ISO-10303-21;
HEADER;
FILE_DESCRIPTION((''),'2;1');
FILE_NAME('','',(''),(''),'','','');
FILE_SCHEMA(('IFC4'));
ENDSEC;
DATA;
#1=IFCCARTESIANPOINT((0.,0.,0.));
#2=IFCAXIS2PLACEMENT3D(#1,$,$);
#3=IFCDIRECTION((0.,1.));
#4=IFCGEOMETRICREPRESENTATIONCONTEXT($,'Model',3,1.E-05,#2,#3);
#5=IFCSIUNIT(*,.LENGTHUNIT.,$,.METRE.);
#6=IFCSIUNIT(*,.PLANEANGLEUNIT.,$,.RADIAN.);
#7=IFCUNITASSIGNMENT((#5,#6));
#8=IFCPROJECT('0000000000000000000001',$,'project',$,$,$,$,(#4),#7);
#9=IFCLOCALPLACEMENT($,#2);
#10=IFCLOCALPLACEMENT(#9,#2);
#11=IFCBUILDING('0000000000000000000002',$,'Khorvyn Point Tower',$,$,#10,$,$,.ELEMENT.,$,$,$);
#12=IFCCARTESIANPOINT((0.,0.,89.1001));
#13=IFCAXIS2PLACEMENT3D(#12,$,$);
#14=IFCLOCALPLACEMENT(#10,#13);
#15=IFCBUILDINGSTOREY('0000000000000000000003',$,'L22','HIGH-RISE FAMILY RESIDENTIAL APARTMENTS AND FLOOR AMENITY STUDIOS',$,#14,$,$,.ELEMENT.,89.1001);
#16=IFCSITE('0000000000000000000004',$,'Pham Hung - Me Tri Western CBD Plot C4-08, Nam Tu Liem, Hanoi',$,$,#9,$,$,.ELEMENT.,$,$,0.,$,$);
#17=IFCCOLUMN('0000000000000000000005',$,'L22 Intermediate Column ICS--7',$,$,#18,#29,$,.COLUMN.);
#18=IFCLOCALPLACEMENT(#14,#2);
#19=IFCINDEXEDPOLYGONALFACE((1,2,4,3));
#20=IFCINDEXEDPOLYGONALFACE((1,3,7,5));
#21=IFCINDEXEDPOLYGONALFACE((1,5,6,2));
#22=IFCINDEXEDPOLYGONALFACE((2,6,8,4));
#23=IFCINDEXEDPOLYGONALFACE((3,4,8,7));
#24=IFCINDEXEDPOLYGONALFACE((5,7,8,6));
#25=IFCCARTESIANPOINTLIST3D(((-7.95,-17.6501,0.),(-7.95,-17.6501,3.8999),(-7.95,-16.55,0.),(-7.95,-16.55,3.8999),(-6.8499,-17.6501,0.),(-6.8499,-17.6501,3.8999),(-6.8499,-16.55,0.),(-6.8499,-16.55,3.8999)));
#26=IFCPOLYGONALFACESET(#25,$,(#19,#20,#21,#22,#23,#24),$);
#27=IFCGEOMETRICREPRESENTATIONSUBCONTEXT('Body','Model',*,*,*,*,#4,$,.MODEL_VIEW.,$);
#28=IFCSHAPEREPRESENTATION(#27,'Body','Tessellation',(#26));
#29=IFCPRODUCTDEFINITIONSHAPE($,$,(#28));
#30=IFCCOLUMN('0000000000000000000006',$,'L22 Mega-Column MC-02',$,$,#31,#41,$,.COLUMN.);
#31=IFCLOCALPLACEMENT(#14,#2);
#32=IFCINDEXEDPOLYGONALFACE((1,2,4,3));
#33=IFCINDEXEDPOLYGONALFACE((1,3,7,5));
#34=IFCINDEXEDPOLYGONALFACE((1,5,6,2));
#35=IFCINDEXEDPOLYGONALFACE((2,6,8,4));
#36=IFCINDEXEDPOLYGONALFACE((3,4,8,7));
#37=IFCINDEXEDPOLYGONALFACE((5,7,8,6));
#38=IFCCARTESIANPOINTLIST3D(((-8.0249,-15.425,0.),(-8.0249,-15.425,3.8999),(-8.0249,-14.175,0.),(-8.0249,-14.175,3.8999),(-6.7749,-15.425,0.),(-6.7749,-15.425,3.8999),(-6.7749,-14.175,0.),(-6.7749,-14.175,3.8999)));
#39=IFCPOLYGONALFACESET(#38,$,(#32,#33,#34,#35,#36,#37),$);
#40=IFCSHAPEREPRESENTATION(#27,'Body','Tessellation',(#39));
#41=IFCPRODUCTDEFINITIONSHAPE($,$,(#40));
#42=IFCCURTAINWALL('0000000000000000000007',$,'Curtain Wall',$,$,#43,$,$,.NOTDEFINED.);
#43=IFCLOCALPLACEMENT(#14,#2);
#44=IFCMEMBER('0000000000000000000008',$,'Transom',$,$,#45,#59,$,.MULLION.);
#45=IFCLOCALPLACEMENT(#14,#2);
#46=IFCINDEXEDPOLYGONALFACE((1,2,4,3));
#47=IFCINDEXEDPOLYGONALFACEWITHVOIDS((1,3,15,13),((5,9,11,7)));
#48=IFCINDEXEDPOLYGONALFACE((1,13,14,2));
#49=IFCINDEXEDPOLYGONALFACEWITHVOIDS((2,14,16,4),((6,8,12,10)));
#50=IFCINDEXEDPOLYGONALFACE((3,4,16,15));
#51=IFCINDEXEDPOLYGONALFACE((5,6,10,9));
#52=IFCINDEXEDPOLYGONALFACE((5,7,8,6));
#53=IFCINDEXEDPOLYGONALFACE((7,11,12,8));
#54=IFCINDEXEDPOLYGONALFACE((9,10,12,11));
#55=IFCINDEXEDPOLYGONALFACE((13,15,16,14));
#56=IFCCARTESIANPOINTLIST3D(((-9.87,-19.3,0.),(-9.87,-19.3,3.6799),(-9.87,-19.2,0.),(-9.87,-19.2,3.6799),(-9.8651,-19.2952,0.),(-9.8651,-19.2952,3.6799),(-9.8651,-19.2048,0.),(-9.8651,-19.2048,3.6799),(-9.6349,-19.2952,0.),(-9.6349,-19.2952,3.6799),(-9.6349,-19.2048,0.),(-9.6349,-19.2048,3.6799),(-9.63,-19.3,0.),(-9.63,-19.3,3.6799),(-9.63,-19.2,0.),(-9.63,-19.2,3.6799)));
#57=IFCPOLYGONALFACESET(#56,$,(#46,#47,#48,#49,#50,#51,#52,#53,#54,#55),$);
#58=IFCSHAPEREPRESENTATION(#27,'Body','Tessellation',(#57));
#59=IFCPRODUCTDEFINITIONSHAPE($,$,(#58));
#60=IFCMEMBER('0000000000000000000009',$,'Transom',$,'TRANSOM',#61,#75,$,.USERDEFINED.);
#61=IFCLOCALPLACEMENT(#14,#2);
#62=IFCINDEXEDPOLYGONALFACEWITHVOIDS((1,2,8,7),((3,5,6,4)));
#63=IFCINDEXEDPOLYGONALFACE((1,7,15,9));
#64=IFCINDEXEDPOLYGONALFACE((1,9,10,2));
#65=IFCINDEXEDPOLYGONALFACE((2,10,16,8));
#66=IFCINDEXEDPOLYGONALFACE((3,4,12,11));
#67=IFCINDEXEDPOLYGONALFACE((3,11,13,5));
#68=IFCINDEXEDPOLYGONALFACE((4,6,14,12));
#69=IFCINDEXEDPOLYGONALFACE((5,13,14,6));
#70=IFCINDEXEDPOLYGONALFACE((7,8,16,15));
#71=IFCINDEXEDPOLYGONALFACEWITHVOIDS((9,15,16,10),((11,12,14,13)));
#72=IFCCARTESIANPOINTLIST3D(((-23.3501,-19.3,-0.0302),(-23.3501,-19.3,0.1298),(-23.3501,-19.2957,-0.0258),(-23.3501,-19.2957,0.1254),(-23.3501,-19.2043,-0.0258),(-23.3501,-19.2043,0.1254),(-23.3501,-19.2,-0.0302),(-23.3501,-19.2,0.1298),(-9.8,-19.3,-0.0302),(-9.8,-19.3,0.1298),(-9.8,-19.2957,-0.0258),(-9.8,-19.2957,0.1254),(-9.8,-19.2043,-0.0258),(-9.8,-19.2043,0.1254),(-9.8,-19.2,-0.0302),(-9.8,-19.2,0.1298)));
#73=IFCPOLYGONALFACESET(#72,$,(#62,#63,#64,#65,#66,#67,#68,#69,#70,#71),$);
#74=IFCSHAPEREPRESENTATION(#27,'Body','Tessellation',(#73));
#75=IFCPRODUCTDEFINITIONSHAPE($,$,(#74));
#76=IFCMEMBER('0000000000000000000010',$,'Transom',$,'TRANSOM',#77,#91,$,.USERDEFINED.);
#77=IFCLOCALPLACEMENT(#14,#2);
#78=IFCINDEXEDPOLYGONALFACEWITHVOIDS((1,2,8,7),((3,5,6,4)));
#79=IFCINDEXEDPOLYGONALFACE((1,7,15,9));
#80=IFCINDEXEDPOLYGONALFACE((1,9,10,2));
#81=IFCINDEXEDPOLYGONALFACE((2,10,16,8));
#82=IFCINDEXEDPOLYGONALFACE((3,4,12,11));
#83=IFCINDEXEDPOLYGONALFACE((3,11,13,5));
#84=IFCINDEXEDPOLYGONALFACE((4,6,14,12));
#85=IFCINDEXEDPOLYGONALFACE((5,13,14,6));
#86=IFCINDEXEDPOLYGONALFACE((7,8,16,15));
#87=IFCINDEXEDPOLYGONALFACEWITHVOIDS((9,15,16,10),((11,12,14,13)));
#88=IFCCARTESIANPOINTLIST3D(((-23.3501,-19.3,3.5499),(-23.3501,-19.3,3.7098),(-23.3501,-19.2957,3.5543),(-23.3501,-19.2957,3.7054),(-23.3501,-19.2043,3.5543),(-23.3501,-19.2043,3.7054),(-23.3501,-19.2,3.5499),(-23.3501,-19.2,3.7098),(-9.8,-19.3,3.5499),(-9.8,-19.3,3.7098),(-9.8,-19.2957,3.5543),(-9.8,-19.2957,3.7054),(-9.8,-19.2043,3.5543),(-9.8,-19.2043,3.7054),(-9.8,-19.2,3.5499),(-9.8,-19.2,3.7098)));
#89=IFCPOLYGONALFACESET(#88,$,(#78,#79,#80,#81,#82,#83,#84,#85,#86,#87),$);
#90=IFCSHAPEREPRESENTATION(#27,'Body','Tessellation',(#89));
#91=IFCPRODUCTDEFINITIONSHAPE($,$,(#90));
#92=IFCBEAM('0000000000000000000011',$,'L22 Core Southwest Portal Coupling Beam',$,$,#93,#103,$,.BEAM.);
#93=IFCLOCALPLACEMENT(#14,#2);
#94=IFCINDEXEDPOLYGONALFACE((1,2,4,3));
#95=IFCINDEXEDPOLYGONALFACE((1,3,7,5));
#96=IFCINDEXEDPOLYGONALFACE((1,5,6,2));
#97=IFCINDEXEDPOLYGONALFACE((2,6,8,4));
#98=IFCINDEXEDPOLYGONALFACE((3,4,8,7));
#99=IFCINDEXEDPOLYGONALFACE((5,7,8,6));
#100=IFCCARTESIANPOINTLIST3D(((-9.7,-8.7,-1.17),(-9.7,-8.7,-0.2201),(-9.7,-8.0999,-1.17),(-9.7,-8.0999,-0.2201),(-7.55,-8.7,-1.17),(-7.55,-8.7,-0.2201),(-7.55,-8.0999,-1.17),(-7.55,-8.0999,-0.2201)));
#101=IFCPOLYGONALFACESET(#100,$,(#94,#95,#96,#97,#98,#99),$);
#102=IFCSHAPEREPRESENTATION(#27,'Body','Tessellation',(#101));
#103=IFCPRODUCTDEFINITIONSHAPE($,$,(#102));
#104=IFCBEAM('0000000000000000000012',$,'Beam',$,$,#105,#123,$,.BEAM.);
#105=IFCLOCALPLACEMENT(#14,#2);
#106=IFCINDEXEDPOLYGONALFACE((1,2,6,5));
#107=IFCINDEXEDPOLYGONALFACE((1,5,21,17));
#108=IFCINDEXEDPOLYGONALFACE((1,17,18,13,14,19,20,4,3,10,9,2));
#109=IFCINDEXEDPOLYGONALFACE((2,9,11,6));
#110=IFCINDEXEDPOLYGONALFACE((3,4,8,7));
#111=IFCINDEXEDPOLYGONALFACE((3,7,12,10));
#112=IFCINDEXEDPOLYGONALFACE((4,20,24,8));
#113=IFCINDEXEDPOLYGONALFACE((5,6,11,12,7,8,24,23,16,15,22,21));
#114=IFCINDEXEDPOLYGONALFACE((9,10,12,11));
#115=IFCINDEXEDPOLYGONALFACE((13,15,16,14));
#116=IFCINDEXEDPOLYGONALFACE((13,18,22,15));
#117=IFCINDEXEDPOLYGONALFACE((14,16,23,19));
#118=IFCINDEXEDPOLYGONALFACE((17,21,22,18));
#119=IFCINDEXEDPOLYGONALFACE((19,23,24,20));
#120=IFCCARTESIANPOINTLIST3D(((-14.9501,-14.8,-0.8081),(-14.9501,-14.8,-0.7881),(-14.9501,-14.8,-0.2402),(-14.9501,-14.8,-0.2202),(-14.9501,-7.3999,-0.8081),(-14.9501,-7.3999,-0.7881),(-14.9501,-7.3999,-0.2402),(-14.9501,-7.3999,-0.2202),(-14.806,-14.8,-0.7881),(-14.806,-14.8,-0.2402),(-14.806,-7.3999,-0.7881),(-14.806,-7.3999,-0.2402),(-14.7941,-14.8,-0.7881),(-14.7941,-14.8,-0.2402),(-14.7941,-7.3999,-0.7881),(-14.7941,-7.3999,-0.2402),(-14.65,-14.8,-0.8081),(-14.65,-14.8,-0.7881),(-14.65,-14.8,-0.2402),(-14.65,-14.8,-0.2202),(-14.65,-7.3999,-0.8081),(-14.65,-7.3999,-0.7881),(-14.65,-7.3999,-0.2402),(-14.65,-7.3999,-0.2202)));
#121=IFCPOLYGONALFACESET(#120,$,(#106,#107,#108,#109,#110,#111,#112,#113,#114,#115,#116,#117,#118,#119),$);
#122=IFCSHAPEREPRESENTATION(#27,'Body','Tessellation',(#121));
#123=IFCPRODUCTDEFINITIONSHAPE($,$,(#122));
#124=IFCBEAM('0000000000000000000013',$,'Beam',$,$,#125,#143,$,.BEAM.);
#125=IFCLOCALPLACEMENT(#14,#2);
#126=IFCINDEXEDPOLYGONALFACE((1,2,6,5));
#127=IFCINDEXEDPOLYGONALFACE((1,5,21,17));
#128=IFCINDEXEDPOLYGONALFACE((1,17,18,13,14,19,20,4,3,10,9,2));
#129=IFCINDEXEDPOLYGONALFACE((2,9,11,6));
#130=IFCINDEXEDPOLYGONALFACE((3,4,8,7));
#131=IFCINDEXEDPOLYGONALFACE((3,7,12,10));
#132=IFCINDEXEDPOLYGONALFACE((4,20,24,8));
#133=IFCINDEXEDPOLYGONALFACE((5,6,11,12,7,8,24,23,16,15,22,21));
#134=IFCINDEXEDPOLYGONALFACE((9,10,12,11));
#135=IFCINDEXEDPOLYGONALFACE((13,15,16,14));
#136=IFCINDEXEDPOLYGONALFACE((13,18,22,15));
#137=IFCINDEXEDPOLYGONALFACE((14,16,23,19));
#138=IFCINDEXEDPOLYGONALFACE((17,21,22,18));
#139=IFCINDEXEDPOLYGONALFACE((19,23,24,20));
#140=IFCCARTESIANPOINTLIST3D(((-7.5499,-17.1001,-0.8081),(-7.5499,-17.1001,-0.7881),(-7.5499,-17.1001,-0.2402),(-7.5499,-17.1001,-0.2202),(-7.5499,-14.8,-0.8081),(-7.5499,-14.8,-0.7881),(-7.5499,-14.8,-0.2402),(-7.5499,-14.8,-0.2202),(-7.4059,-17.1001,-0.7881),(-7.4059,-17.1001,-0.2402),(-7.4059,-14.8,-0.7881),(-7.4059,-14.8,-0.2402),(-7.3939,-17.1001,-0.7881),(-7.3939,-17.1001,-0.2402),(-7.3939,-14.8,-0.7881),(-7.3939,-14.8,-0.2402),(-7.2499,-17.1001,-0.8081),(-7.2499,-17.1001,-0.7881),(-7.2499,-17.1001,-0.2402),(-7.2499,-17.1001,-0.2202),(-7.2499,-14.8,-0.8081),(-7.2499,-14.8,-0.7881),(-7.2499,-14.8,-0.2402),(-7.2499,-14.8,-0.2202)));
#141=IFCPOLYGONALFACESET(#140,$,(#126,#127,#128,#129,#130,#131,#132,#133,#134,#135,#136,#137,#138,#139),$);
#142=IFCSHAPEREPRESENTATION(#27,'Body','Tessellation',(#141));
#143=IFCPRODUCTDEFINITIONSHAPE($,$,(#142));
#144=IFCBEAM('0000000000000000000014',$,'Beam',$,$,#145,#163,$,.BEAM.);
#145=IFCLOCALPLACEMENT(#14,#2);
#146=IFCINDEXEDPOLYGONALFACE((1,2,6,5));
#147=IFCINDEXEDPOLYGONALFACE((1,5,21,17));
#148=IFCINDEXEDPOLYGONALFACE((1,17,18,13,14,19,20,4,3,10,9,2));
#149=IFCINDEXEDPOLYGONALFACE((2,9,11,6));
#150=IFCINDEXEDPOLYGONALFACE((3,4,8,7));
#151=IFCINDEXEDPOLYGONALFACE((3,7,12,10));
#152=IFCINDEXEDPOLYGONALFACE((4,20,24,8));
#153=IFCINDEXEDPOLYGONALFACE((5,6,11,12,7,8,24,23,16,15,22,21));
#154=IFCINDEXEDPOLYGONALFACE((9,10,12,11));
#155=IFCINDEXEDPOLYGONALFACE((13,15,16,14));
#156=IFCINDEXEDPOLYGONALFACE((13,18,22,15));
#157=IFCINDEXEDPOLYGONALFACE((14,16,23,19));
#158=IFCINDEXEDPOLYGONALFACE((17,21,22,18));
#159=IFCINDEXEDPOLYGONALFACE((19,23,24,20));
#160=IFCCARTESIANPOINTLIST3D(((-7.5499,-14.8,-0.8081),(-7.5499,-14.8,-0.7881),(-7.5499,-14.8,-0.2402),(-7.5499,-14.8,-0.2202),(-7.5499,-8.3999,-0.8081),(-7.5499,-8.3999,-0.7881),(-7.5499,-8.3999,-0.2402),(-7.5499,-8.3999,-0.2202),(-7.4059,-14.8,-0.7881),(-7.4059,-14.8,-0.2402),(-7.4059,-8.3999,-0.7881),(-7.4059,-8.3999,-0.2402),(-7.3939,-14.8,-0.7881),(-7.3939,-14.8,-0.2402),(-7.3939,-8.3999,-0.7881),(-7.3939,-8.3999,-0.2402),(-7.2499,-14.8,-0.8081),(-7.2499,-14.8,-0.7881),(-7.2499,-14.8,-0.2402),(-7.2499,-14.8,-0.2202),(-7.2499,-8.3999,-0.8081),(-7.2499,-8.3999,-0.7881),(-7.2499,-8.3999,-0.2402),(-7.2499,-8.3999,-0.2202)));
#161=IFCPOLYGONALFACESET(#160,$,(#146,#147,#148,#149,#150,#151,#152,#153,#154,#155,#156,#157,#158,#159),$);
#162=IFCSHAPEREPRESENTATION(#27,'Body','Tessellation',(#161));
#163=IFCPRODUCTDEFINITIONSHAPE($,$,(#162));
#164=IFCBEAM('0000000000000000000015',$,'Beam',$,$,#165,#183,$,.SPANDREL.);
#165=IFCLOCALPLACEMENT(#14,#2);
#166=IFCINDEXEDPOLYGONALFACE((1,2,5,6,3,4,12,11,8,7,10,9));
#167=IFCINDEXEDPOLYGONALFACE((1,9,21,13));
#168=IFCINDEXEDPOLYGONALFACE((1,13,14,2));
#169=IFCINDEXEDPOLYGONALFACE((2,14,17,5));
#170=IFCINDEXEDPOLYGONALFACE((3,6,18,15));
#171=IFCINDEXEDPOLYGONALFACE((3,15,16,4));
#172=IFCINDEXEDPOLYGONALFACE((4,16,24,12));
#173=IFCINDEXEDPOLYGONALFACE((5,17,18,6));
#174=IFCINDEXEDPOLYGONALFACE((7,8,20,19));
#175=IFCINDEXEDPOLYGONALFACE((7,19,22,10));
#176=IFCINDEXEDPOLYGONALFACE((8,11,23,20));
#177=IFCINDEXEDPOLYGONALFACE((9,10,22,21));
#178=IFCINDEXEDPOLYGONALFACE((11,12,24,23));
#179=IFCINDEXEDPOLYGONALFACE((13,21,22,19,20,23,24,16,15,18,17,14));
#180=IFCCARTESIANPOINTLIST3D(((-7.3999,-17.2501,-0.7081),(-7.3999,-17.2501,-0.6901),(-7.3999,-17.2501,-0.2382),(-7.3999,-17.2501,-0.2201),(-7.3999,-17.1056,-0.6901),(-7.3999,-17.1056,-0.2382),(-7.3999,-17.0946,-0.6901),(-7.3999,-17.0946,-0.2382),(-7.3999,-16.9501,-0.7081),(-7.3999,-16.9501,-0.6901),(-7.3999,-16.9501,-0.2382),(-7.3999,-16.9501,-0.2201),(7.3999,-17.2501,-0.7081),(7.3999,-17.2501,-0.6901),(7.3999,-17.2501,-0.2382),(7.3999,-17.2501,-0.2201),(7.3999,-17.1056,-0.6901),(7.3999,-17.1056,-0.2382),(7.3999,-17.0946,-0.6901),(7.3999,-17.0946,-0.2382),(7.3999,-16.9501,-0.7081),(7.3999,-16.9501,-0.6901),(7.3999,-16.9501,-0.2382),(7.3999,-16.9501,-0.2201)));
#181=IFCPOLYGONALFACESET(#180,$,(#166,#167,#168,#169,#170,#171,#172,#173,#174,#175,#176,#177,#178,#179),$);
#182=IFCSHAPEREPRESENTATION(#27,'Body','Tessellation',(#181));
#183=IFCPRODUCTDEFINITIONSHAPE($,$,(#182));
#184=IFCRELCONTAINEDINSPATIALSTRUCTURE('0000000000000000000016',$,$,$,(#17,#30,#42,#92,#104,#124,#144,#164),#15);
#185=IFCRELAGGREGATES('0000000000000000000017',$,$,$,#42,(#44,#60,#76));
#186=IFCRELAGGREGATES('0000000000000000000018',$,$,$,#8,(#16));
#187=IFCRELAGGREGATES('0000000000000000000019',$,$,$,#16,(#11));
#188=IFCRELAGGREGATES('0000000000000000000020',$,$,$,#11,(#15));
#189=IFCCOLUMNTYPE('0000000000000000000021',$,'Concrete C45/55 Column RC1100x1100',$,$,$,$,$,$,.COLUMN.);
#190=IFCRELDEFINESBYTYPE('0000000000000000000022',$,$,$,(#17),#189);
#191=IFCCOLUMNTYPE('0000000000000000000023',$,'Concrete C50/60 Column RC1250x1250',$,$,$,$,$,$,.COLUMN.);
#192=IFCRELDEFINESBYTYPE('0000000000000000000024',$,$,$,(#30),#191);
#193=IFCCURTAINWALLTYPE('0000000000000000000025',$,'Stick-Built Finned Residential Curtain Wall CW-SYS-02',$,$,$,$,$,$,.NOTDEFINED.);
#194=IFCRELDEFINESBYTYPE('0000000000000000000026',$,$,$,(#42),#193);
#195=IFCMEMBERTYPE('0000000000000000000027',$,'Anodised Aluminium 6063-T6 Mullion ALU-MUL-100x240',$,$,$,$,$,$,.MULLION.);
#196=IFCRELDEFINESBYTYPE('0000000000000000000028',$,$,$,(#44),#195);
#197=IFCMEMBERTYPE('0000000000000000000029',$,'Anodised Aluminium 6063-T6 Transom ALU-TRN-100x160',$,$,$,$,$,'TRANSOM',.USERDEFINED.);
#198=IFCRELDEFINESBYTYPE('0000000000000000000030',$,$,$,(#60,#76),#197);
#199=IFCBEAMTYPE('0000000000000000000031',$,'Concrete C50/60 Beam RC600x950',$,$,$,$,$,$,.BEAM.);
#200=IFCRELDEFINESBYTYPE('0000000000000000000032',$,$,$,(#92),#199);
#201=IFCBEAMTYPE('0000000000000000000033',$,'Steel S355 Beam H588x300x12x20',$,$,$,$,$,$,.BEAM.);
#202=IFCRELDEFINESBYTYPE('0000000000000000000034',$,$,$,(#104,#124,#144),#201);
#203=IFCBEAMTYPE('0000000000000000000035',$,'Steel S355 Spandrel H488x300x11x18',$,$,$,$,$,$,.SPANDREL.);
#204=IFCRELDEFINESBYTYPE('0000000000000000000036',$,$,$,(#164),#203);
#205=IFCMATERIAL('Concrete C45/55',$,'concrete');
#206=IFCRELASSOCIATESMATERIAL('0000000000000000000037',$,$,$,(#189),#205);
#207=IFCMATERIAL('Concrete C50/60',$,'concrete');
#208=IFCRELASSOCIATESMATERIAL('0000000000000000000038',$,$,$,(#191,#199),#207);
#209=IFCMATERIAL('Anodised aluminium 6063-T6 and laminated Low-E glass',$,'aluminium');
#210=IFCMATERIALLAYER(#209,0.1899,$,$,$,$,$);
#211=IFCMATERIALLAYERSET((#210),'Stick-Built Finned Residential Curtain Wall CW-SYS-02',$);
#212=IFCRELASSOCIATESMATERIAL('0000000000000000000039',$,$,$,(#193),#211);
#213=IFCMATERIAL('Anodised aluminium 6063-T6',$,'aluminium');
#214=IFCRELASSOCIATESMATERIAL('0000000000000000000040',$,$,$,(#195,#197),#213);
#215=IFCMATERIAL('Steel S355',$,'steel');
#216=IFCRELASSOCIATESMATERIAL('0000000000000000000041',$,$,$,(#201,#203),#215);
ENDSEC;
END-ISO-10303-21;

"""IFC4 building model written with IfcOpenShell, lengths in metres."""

from ifc_helpers import new_model, si_unit, direction, frame, origin, origin_2d, place, context, subcontext, project, spatial, rectangle, hollow_rectangle, i_section, extrude, material, layer, layer_set, material_profile, profile_set, type_object, element, aggregate, save


model = new_model("IFC4")

# Units and contexts
model_context = context("Model", 3, precision=1e-05, world=origin(), true_north=direction((0.0, 1.0)))
body_context = subcontext(model_context, "Body", "Model", "MODEL_VIEW")
ifc_project = project(units=[si_unit("LENGTHUNIT", "METRE"), si_unit("PLANEANGLEUNIT", "RADIAN")], contexts=[model_context])

# Site, building, storey
site_placement = place(None, origin())
site = spatial("IfcSite", under=ifc_project, at=site_placement, Name="Pham Hung - Me Tri Western CBD Plot C4-08, Nam Tu Liem, Hanoi", CompositionType="ELEMENT", RefElevation=0.0)
building_placement = place(site_placement, origin())
building = spatial("IfcBuilding", under=site, at=building_placement, Name="Khorvyn Point Tower", CompositionType="ELEMENT")
storey_placement = place(building_placement, frame((0.0, 0.0, 89.1001)))
storey = spatial("IfcBuildingStorey", under=building, at=storey_placement, Name="L22", Description="HIGH-RISE FAMILY RESIDENTIAL APARTMENTS AND FLOOR AMENITY STUDIOS", CompositionType="ELEMENT", Elevation=89.1001)

# Columns
ifc_material_1 = material(Name="Concrete C45/55", Category="concrete")
ifc_material_profile_1 = material_profile(ifc_material_1, rectangle(XDim=1.1001, YDim=1.1001, at=origin_2d()))
ifc_profile_set_1 = profile_set([ifc_material_profile_1], Name="Concrete C45/55 RC1100x1100")
column_type_1 = type_object("IfcColumnType", Name="Concrete C45/55 Column RC1100x1100", PredefinedType="COLUMN", material=ifc_profile_set_1)
column_1_placement = place(storey_placement, frame((-7.3999, -17.1001, 0.0), z_axis=(0.0, 0.0, 1.0), x_axis=(1.0, 0.0, 0.0)))
element("IfcColumn", 1, at=column_1_placement, inside=storey, type_object=column_type_1, Name="L22 Intermediate Column ICS--7", PredefinedType="COLUMN", context=body_context, shape_type="SweptSolid", body=[
    extrude(rectangle(XDim=1.1001, YDim=1.1001, at=origin_2d()), origin(), (0.0, 0.0, 1.0), 3.8999),
])
ifc_material_2 = material(Name="Concrete C50/60", Category="concrete")
ifc_material_profile_2 = material_profile(ifc_material_2, rectangle(XDim=1.25, YDim=1.25, at=origin_2d()))
ifc_profile_set_2 = profile_set([ifc_material_profile_2], Name="Concrete C50/60 RC1250x1250")
column_type_2 = type_object("IfcColumnType", Name="Concrete C50/60 Column RC1250x1250", PredefinedType="COLUMN", material=ifc_profile_set_2)
column_2_placement = place(storey_placement, frame((-7.3999, -14.8, 0.0), z_axis=(0.0, 0.0, 1.0), x_axis=(1.0, 0.0, 0.0)))
element("IfcColumn", 2, at=column_2_placement, inside=storey, type_object=column_type_2, Name="L22 Mega-Column MC-02", PredefinedType="COLUMN", context=body_context, shape_type="SweptSolid", body=[
    extrude(rectangle(XDim=1.25, YDim=1.25, at=origin_2d()), origin(), (0.0, 0.0, 1.0), 3.8999),
])

# Curtain wall, members
ifc_material_3 = material(Name="Anodised aluminium 6063-T6 and laminated Low-E glass", Category="aluminium")
ifc_layer_1 = layer(ifc_material_3, 0.1899)
ifc_layer_set_1 = layer_set([ifc_layer_1], Name="Stick-Built Finned Residential Curtain Wall CW-SYS-02")
curtain_wall_type = type_object("IfcCurtainWallType", Name="Stick-Built Finned Residential Curtain Wall CW-SYS-02", PredefinedType="NOTDEFINED", material=ifc_layer_set_1)
curtain_wall_placement = place(storey_placement, origin())
curtain_wall = element("IfcCurtainWall", 3, at=curtain_wall_placement, inside=storey, type_object=curtain_wall_type, Name="Curtain Wall", PredefinedType="NOTDEFINED")
ifc_material_4 = material(Name="Anodised aluminium 6063-T6", Category="aluminium")
ifc_material_profile_3 = material_profile(ifc_material_4, hollow_rectangle(XDim=0.1001, YDim=0.24, WallThickness=0.0049, at=origin_2d()))
ifc_profile_set_3 = profile_set([ifc_material_profile_3], Name="Anodised aluminium 6063-T6 ALU-MUL-100x240")
member_type_1 = type_object("IfcMemberType", Name="Anodised Aluminium 6063-T6 Mullion ALU-MUL-100x240", PredefinedType="MULLION", material=ifc_profile_set_3)
member_1_placement = place(storey_placement, frame((-9.75, -19.25, 0.0), z_axis=(0.0, 0.0, 1.0), x_axis=(0.0, -1.0, 0.0)))
member_1 = element("IfcMember", 4, at=member_1_placement, type_object=member_type_1, Name="Transom", PredefinedType="MULLION", context=body_context, shape_type="SweptSolid", body=[
    extrude(hollow_rectangle(XDim=0.1001, YDim=0.24, WallThickness=0.0049, at=origin_2d()), origin(), (0.0, 0.0, 1.0), 3.6799),
])
ifc_material_profile_4 = material_profile(ifc_material_4, hollow_rectangle(XDim=0.1001, YDim=0.1599, WallThickness=0.0044, at=origin_2d()))
ifc_profile_set_4 = profile_set([ifc_material_profile_4], Name="Anodised aluminium 6063-T6 ALU-TRN-100x160")
member_type_2 = type_object("IfcMemberType", Name="Anodised Aluminium 6063-T6 Transom ALU-TRN-100x160", ElementType="TRANSOM", PredefinedType="USERDEFINED", material=ifc_profile_set_4)
member_2_placement = place(storey_placement, frame((-9.8, -19.25, 0.0498), z_axis=(-1.0, 0.0, 0.0), x_axis=(0.0, -1.0, 0.0)))
member_2 = element("IfcMember", 5, at=member_2_placement, type_object=member_type_2, Name="Transom", ObjectType="TRANSOM", PredefinedType="USERDEFINED", context=body_context, shape_type="SweptSolid", body=[
    extrude(hollow_rectangle(XDim=0.1001, YDim=0.1599, WallThickness=0.0044, at=origin_2d()), origin(), (0.0, 0.0, 1.0), 13.55),
])
member_3_placement = place(storey_placement, frame((-9.8, -19.25, 3.6299), z_axis=(-1.0, 0.0, 0.0), x_axis=(0.0, -1.0, 0.0)))
member_3 = element("IfcMember", 6, at=member_3_placement, type_object=member_type_2, Name="Transom", ObjectType="TRANSOM", PredefinedType="USERDEFINED", context=body_context, shape_type="SweptSolid", body=[
    extrude(hollow_rectangle(XDim=0.1001, YDim=0.1599, WallThickness=0.0044, at=origin_2d()), origin(), (0.0, 0.0, 1.0), 13.55),
])

# Beams
ifc_material_profile_5 = material_profile(ifc_material_2, rectangle(XDim=0.6001, YDim=0.95, at=origin_2d()))
ifc_profile_set_5 = profile_set([ifc_material_profile_5], Name="Concrete C50/60 RC600x950")
beam_type_1 = type_object("IfcBeamType", Name="Concrete C50/60 Beam RC600x950", PredefinedType="BEAM", material=ifc_profile_set_5)
beam_1_placement = place(storey_placement, frame((-9.7, -8.3999, -0.6951), z_axis=(1.0, 0.0, 0.0), x_axis=(0.0, 1.0, 0.0)))
element("IfcBeam", 7, at=beam_1_placement, inside=storey, type_object=beam_type_1, Name="L22 Core Southwest Portal Coupling Beam", PredefinedType="BEAM", context=body_context, shape_type="SweptSolid", body=[
    extrude(rectangle(XDim=0.6001, YDim=0.95, at=origin_2d()), origin(), (0.0, 0.0, 1.0), 2.1499),
])
ifc_material_5 = material(Name="Steel S355", Category="steel")
ifc_material_profile_6 = material_profile(ifc_material_5, i_section(OverallWidth=0.3, OverallDepth=0.5879, WebThickness=0.012, FlangeThickness=0.02, at=origin_2d()))
ifc_profile_set_6 = profile_set([ifc_material_profile_6], Name="Steel S355 H588x300x12x20")
beam_type_2 = type_object("IfcBeamType", Name="Steel S355 Beam H588x300x12x20", PredefinedType="BEAM", material=ifc_profile_set_6)
beam_2_placement = place(storey_placement, frame((-14.8, -14.8, -0.5142), z_axis=(0.0, 1.0, 0.0), x_axis=(-1.0, 0.0, 0.0)))
element("IfcBeam", 8, at=beam_2_placement, inside=storey, type_object=beam_type_2, Name="Beam", PredefinedType="BEAM", context=body_context, shape_type="SweptSolid", body=[
    extrude(i_section(OverallWidth=0.3, OverallDepth=0.5879, WebThickness=0.012, FlangeThickness=0.02, at=origin_2d()), origin(), (0.0, 0.0, 1.0), 7.4001),
])
beam_3_placement = place(storey_placement, frame((-7.3999, -17.1001, -0.5142), z_axis=(0.0, 1.0, 0.0), x_axis=(-1.0, 0.0, 0.0)))
element("IfcBeam", 9, at=beam_3_placement, inside=storey, type_object=beam_type_2, Name="Beam", PredefinedType="BEAM", context=body_context, shape_type="SweptSolid", body=[
    extrude(i_section(OverallWidth=0.3, OverallDepth=0.5879, WebThickness=0.012, FlangeThickness=0.02, at=origin_2d()), origin(), (0.0, 0.0, 1.0), 2.3),
])
beam_4_placement = place(storey_placement, frame((-7.3999, -14.8, -0.5142), z_axis=(0.0, 1.0, 0.0), x_axis=(-1.0, 0.0, 0.0)))
element("IfcBeam", 10, at=beam_4_placement, inside=storey, type_object=beam_type_2, Name="Beam", PredefinedType="BEAM", context=body_context, shape_type="SweptSolid", body=[
    extrude(i_section(OverallWidth=0.3, OverallDepth=0.5879, WebThickness=0.012, FlangeThickness=0.02, at=origin_2d()), origin(), (0.0, 0.0, 1.0), 6.4001),
])
ifc_material_profile_7 = material_profile(ifc_material_5, i_section(OverallWidth=0.3, OverallDepth=0.488, WebThickness=0.011, FlangeThickness=0.0181, at=origin_2d()))
ifc_profile_set_7 = profile_set([ifc_material_profile_7], Name="Steel S355 H488x300x11x18")
beam_type_3 = type_object("IfcBeamType", Name="Steel S355 Spandrel H488x300x11x18", PredefinedType="SPANDREL", material=ifc_profile_set_7)
beam_5_placement = place(storey_placement, frame((-7.3999, -17.1001, -0.4641), z_axis=(1.0, 0.0, 0.0), x_axis=(0.0, 1.0, 0.0)))
element("IfcBeam", 11, at=beam_5_placement, inside=storey, type_object=beam_type_3, Name="Beam", PredefinedType="SPANDREL", context=body_context, shape_type="SweptSolid", body=[
    extrude(i_section(OverallWidth=0.3, OverallDepth=0.488, WebThickness=0.011, FlangeThickness=0.0181, at=origin_2d()), origin(), (0.0, 0.0, 1.0), 14.7998),
])

aggregate(curtain_wall, [member_1, member_2, member_3])

save(model, "model.ifc")
